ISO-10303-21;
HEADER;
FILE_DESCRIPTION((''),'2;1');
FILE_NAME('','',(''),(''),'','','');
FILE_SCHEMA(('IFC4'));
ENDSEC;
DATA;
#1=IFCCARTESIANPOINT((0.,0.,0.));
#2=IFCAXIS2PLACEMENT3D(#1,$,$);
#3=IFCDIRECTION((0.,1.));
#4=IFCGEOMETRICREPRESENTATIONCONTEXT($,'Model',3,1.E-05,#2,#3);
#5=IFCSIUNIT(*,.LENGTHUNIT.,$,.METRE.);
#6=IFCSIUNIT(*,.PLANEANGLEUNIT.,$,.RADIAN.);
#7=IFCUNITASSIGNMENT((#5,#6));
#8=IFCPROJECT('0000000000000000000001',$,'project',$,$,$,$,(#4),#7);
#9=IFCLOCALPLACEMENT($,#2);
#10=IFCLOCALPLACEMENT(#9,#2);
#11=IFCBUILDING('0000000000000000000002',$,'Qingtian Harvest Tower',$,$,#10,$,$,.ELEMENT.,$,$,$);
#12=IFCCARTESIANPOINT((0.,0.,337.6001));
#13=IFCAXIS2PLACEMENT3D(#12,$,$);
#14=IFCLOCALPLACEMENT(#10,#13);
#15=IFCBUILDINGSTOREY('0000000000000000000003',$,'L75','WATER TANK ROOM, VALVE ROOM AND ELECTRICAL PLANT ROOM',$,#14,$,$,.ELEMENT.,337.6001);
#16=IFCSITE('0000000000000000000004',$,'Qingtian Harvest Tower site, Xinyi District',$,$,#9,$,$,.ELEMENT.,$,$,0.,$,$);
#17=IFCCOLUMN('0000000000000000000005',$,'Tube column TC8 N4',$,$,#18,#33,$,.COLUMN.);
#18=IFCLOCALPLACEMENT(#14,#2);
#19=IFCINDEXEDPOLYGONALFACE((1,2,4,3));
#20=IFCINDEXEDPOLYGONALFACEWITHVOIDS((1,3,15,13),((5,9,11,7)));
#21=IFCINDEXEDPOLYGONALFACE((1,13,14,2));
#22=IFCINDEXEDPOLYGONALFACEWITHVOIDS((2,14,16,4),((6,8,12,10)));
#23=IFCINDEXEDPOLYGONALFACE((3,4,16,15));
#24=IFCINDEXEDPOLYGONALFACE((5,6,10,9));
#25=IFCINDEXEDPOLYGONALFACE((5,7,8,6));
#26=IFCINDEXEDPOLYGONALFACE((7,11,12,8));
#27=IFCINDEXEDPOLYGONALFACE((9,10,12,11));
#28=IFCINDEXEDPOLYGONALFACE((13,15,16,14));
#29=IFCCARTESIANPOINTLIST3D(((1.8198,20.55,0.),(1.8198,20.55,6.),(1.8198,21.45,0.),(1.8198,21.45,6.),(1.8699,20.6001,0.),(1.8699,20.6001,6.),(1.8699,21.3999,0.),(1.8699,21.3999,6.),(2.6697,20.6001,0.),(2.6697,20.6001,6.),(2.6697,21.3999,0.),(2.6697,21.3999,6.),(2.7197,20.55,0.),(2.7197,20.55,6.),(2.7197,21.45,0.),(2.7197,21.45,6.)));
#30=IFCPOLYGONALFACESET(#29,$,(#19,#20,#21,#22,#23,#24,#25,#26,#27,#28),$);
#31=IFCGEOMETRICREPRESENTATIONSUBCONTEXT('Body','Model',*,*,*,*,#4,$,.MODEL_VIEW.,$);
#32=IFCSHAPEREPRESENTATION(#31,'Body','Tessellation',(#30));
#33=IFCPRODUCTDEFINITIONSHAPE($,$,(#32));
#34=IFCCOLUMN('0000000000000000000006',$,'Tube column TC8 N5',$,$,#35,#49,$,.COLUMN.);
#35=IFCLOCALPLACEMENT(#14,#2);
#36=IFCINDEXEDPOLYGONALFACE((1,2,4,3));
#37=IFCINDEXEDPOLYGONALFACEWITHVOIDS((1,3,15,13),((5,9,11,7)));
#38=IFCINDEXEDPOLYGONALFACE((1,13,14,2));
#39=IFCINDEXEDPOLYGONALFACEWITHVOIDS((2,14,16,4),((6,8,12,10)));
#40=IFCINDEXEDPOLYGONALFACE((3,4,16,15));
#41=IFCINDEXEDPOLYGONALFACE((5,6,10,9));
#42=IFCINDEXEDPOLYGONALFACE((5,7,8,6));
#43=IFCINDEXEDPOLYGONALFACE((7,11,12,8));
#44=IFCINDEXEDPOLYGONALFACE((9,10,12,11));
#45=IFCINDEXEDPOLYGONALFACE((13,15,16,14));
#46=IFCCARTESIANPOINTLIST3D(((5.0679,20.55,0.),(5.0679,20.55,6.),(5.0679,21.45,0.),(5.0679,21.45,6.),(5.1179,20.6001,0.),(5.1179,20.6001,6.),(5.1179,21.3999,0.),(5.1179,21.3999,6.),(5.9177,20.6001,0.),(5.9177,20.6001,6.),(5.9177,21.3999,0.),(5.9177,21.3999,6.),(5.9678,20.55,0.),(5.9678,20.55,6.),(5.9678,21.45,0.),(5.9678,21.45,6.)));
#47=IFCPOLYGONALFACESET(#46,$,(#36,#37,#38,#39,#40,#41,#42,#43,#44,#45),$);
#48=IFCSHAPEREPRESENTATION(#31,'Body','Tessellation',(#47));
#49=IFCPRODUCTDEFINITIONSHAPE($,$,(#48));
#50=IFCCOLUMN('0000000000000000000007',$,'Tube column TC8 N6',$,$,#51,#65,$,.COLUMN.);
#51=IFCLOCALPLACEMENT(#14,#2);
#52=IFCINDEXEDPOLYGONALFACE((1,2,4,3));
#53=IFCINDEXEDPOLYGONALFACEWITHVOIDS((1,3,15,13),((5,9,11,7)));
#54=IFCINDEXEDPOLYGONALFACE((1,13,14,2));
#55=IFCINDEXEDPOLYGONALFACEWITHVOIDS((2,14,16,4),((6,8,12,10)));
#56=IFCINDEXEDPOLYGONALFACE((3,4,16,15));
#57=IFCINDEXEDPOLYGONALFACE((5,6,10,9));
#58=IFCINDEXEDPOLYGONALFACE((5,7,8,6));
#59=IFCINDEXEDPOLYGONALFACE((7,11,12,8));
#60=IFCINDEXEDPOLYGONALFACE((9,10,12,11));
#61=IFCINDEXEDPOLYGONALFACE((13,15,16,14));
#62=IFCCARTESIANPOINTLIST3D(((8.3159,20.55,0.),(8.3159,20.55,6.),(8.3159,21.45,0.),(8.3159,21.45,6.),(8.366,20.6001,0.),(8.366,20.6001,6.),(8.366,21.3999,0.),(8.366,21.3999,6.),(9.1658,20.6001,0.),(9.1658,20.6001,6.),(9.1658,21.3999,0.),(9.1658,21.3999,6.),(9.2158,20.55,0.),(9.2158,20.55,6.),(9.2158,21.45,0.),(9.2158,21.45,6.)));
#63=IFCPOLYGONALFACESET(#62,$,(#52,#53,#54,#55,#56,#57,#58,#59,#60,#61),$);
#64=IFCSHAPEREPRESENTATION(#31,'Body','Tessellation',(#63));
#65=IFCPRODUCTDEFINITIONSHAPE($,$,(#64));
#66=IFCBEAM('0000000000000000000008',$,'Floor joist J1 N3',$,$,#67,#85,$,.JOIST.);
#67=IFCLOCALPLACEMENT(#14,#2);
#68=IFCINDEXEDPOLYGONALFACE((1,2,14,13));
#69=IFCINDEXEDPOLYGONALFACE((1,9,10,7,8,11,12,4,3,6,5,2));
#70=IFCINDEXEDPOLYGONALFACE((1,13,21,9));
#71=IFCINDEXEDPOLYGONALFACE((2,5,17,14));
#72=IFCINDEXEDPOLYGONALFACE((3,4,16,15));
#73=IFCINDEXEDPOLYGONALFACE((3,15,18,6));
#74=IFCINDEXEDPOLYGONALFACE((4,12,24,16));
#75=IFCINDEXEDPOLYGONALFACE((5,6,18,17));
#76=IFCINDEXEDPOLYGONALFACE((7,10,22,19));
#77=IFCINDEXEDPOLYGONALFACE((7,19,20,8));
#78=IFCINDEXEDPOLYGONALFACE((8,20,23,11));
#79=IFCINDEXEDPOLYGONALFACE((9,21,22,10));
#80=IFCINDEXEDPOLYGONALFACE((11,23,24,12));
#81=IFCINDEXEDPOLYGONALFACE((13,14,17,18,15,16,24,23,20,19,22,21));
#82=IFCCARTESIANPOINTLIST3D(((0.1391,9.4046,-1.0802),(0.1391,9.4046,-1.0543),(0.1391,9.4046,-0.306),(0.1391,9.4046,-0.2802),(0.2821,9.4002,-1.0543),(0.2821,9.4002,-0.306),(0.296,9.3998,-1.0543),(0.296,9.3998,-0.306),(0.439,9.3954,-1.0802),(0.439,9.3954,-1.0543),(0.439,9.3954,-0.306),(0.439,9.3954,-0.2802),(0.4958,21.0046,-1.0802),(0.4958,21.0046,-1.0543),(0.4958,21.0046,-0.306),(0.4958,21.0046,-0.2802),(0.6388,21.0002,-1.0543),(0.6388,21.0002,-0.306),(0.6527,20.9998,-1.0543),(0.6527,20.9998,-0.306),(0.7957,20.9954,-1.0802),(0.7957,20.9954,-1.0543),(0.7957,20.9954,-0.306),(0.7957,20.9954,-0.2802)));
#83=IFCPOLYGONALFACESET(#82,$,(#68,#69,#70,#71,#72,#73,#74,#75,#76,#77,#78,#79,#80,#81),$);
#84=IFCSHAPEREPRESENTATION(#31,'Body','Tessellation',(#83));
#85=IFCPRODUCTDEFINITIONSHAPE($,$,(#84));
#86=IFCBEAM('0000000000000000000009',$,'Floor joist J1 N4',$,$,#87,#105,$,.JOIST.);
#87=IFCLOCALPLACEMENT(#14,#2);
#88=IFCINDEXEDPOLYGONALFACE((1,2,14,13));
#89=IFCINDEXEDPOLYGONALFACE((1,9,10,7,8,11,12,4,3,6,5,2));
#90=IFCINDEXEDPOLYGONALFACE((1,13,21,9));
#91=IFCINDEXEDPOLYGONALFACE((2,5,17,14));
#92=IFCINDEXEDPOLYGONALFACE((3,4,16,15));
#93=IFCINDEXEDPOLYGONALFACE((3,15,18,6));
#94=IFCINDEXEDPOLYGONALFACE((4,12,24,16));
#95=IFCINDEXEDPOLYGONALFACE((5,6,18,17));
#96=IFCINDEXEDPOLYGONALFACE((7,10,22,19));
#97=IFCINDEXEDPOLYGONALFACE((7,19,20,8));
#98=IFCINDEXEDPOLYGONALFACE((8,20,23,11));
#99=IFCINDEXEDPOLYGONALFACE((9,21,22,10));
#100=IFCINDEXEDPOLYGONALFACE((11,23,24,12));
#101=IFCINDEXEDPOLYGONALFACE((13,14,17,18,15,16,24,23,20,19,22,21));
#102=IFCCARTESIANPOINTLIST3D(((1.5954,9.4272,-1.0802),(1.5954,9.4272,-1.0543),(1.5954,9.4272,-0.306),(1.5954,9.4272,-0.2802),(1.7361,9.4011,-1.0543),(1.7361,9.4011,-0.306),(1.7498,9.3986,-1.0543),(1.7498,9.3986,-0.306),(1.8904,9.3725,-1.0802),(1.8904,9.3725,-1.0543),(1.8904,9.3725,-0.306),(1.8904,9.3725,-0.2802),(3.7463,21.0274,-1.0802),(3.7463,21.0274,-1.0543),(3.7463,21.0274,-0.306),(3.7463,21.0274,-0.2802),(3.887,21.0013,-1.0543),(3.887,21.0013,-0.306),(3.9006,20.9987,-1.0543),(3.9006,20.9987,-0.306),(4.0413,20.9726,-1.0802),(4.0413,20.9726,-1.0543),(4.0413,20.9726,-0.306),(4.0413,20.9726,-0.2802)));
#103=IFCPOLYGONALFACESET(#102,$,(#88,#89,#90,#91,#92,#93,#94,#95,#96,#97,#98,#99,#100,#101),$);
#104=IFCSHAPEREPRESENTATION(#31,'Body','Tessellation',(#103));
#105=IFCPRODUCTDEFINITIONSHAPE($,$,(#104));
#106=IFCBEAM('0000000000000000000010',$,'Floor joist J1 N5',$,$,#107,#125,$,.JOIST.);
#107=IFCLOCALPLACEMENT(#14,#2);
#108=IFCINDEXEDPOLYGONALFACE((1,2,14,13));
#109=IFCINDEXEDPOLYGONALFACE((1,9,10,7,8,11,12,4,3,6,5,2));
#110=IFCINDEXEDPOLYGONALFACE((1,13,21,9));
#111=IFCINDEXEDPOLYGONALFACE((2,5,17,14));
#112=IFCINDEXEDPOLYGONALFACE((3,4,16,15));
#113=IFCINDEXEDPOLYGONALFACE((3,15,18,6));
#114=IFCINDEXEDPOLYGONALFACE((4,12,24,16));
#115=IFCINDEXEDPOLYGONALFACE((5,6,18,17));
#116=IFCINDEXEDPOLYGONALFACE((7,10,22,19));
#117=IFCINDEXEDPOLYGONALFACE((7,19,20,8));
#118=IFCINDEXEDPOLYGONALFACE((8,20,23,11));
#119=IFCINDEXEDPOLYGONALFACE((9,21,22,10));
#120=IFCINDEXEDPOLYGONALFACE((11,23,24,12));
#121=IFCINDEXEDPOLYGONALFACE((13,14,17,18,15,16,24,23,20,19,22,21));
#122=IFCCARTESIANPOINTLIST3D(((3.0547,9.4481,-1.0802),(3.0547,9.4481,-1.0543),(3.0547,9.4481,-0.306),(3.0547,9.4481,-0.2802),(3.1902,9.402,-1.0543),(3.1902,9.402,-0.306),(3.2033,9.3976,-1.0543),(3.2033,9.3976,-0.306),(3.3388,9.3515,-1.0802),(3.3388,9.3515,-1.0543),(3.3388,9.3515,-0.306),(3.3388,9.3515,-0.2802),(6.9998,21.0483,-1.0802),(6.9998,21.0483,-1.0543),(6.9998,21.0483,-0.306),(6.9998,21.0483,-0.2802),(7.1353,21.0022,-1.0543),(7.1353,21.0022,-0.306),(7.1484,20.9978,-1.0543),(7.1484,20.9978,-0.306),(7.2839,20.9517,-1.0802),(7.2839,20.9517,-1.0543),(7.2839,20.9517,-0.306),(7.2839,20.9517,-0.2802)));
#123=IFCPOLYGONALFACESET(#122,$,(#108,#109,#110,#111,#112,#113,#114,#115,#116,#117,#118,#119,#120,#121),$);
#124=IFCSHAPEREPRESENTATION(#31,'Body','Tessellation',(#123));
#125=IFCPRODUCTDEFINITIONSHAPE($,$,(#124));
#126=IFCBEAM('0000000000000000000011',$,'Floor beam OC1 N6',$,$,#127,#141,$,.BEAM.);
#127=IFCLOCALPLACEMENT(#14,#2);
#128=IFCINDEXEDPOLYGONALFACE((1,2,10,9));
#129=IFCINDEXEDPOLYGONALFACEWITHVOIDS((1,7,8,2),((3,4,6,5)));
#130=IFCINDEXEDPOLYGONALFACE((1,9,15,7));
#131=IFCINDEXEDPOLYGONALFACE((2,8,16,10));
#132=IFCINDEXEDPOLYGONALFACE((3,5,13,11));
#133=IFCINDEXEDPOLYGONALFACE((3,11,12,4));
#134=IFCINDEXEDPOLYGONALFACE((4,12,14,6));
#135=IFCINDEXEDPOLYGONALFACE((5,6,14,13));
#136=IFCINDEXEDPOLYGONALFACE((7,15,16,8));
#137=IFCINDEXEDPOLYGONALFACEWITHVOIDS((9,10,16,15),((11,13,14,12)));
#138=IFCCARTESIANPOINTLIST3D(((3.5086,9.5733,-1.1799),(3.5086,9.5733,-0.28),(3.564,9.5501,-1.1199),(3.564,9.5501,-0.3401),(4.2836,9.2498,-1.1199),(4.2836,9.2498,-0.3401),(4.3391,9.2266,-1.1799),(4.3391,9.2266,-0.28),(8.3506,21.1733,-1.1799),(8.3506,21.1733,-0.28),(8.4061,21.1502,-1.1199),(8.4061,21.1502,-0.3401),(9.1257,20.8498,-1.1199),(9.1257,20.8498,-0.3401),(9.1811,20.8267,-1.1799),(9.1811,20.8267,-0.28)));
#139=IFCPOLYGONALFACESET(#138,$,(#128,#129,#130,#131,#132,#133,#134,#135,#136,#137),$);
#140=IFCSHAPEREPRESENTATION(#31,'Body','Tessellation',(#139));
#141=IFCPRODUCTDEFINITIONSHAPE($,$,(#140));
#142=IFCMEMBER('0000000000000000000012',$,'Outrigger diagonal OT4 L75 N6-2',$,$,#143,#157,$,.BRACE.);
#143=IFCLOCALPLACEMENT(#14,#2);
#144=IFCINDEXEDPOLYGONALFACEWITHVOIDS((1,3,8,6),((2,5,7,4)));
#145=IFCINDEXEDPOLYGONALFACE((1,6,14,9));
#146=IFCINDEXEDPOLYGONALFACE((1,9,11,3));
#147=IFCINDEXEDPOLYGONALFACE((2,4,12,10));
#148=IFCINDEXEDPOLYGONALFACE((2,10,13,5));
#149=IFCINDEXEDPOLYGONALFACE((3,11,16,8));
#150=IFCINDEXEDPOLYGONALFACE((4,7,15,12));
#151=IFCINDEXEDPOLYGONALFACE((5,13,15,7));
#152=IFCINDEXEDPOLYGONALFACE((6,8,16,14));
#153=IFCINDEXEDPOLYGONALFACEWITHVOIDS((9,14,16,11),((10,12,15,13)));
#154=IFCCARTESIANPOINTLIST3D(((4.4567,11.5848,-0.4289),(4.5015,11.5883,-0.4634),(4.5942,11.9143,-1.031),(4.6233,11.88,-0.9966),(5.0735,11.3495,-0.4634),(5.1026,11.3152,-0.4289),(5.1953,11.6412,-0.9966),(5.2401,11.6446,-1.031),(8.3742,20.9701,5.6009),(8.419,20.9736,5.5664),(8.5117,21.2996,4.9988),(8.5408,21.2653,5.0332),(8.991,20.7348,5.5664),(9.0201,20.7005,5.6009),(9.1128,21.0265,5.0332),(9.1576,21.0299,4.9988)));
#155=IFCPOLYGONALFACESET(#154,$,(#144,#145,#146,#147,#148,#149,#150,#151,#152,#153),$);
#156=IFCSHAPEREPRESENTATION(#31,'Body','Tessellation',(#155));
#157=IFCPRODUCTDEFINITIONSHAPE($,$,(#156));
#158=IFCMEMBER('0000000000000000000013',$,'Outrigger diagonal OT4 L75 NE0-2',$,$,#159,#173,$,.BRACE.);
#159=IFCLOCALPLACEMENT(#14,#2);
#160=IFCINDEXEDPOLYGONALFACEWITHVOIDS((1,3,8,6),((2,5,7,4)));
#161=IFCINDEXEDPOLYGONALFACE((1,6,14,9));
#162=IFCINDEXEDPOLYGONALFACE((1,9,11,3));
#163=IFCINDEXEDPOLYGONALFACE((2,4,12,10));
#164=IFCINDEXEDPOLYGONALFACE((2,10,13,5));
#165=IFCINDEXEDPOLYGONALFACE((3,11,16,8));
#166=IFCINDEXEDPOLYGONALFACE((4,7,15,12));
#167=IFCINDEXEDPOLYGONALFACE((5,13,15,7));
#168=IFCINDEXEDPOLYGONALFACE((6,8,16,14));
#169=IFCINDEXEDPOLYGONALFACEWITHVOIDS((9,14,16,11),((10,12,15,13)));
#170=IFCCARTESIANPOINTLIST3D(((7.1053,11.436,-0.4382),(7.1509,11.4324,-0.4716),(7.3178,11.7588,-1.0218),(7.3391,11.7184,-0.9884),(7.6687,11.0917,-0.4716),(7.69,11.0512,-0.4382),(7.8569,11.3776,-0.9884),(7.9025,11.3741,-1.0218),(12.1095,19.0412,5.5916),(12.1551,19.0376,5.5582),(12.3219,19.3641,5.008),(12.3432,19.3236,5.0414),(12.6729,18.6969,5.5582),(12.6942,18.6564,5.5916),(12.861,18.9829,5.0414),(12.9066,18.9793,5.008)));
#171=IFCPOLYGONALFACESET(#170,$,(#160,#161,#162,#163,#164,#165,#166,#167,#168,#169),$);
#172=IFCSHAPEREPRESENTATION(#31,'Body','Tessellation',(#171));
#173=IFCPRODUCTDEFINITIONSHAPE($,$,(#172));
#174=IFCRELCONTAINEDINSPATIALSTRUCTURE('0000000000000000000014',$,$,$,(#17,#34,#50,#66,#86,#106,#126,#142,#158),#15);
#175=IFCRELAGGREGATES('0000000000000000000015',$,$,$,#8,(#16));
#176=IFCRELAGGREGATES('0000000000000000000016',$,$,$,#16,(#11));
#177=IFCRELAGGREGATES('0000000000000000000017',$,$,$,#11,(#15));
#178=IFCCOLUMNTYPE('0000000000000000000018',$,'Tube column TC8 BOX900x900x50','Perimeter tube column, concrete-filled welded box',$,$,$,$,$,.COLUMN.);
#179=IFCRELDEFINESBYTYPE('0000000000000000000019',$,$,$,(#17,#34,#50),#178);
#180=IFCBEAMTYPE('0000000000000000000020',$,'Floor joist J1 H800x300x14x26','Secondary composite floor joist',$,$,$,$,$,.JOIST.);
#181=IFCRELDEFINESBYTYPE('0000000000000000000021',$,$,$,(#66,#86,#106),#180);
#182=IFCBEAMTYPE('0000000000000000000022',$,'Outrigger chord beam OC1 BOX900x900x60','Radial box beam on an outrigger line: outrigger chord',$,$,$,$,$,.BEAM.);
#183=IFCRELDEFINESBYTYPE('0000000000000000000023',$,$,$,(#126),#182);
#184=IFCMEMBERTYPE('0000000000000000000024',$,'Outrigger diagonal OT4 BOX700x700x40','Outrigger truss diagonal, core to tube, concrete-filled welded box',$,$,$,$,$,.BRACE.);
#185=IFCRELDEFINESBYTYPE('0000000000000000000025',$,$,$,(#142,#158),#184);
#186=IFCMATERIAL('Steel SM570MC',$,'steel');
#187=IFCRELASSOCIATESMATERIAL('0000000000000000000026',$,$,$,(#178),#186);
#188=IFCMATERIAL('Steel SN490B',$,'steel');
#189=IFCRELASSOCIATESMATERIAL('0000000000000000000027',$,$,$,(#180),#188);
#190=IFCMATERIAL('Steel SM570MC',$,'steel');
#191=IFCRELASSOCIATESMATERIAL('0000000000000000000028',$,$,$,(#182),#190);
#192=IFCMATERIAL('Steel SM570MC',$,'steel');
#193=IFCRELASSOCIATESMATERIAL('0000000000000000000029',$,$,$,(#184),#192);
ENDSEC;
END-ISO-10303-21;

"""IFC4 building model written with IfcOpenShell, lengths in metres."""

from ifc_helpers import new_model, si_unit, direction, frame, origin, origin_2d, place, context, subcontext, project, spatial, hollow_rectangle, i_section, extrude, material, material_profile, profile_set, type_object, element, save


model = new_model("IFC4")

# Units and contexts
model_context = context("Model", 3, precision=1e-05, world=origin(), true_north=direction((0.0, 1.0)))
body_context = subcontext(model_context, "Body", "Model", "MODEL_VIEW")
ifc_project = project(units=[si_unit("LENGTHUNIT", "METRE"), si_unit("PLANEANGLEUNIT", "RADIAN")], contexts=[model_context])

# Site, building, storey
site_placement = place(None, origin())
site = spatial("IfcSite", under=ifc_project, at=site_placement, Name="Qingtian Harvest Tower site, Xinyi District", CompositionType="ELEMENT", RefElevation=0.0)
building_placement = place(site_placement, origin())
building = spatial("IfcBuilding", under=site, at=building_placement, Name="Qingtian Harvest Tower", CompositionType="ELEMENT")
storey_placement = place(building_placement, frame((0.0, 0.0, 337.6001)))
storey = spatial("IfcBuildingStorey", under=building, at=storey_placement, Name="L75", Description="WATER TANK ROOM, VALVE ROOM AND ELECTRICAL PLANT ROOM", CompositionType="ELEMENT", Elevation=337.6001)

# Columns
ifc_material_1 = material(Name="Steel SM570MC", Category="steel")
ifc_material_profile_1 = material_profile(ifc_material_1, hollow_rectangle(XDim=0.8999, YDim=0.8999, WallThickness=0.05, at=origin_2d()), Name="BOX900x900x50")
ifc_profile_set_1 = profile_set([ifc_material_profile_1], Name="Steel SM570MC")
column_type = type_object("IfcColumnType", Name="Tube column TC8 BOX900x900x50", Description="Perimeter tube column, concrete-filled welded box", PredefinedType="COLUMN", material=ifc_profile_set_1)
for number, where, z_axis, x_axis, name in (
    (1, (2.2698, 21.0, 0.0), (0.0, 0.0, 1.0), (-1.0, 0.0, 0.0), "Tube column TC8 N4"),
    (2, (5.5178, 21.0, 0.0), (0.0, 0.0, 1.0), (-1.0, 0.0, 0.0), "Tube column TC8 N5"),
    (3, (8.7659, 21.0, 0.0), (0.0, 0.0, 1.0), (-1.0, 0.0, 0.0), "Tube column TC8 N6"),
):
    element("IfcColumn", number, at=place(storey_placement, frame(where, z_axis=z_axis, x_axis=x_axis)), inside=storey, type_object=column_type, Name=name, PredefinedType="COLUMN", context=body_context, shape_type="SweptSolid", body=[
        extrude(hollow_rectangle(XDim=0.8999, YDim=0.8999, WallThickness=0.05, at=origin_2d()), origin(), (0.0, 0.0, 1.0), 6.0),
    ])

# Beams
ifc_material_2 = material(Name="Steel SN490B", Category="steel")
ifc_material_profile_2 = material_profile(ifc_material_2, i_section(OverallWidth=0.3, OverallDepth=0.8, WebThickness=0.0139, FlangeThickness=0.0259, at=origin_2d()), Name="H800x300x14x26")
ifc_profile_set_2 = profile_set([ifc_material_profile_2], Name="Steel SN490B")
beam_type_1 = type_object("IfcBeamType", Name="Floor joist J1 H800x300x14x26", Description="Secondary composite floor joist", PredefinedType="JOIST", material=ifc_profile_set_2)
beam_1_placement = place(storey_placement, frame((0.6458, 21.0, -0.6802), z_axis=(-0.030734, -0.999528, 0.0), x_axis=(0.999528, -0.030734, 0.0)))
element("IfcBeam", 4, at=beam_1_placement, inside=storey, type_object=beam_type_1, Name="Floor joist J1 N3", PredefinedType="JOIST", context=body_context, shape_type="SweptSolid", body=[
    extrude(i_section(OverallWidth=0.3, OverallDepth=0.8, WebThickness=0.0139, FlangeThickness=0.0259, at=origin_2d()), origin(), (0.0, 0.0, 1.0), 11.6055),
])
beam_2_placement = place(storey_placement, frame((3.8938, 21.0, -0.6802), z_axis=(-0.182312, -0.983241, 0.0), x_axis=(0.983241, -0.182312, 0.0)))
element("IfcBeam", 5, at=beam_2_placement, inside=storey, type_object=beam_type_1, Name="Floor joist J1 N4", PredefinedType="JOIST", context=body_context, shape_type="SweptSolid", body=[
    extrude(i_section(OverallWidth=0.3, OverallDepth=0.8, WebThickness=0.0139, FlangeThickness=0.0259, at=origin_2d()), origin(), (0.0, 0.0, 1.0), 11.7979),
])
beam_3_placement = place(storey_placement, frame((7.1418, 21.0, -0.6802), z_axis=(-0.321978, -0.946747, 0.0), x_axis=(0.946747, -0.321978, 0.0)))
element("IfcBeam", 6, at=beam_3_placement, inside=storey, type_object=beam_type_1, Name="Floor joist J1 N5", PredefinedType="JOIST", context=body_context, shape_type="SweptSolid", body=[
    extrude(i_section(OverallWidth=0.3, OverallDepth=0.8, WebThickness=0.0139, FlangeThickness=0.0259, at=origin_2d()), origin(), (0.0, 0.0, 1.0), 12.2527),
])
ifc_material_3 = material(Name="Steel SM570MC", Category="steel")
ifc_material_profile_3 = material_profile(ifc_material_3, hollow_rectangle(XDim=0.8999, YDim=0.8999, WallThickness=0.0601, at=origin_2d()), Name="BOX900x900x60")
ifc_profile_set_3 = profile_set([ifc_material_profile_3], Name="Steel SM570MC")
beam_type_2 = type_object("IfcBeamType", Name="Outrigger chord beam OC1 BOX900x900x60", Description="Radial box beam on an outrigger line: outrigger chord", PredefinedType="BEAM", material=ifc_profile_set_3)
beam_4_placement = place(storey_placement, frame((8.7659, 21.0, -0.73), z_axis=(-0.385203, -0.922832, 0.0), x_axis=(0.922832, -0.385203, 0.0)))
element("IfcBeam", 7, at=beam_4_placement, inside=storey, type_object=beam_type_2, Name="Floor beam OC1 N6", PredefinedType="BEAM", context=body_context, shape_type="SweptSolid", body=[
    extrude(hollow_rectangle(XDim=0.8999, YDim=0.8999, WallThickness=0.0601, at=origin_2d()), origin(), (0.0, 0.0, 1.0), 12.5701),
])

# Members
ifc_material_4 = material(Name="Steel SM570MC", Category="steel")
ifc_material_profile_4 = material_profile(ifc_material_4, hollow_rectangle(XDim=0.7, YDim=0.7, WallThickness=0.04, at=origin_2d()), Name="BOX700x700x40")
ifc_profile_set_4 = profile_set([ifc_material_profile_4], Name="Steel SM570MC")
member_type = type_object("IfcMemberType", Name="Outrigger diagonal OT4 BOX700x700x40", Description="Outrigger truss diagonal, core to tube, concrete-filled welded box", PredefinedType="BRACE", material=ifc_profile_set_4)
member_1_placement = place(storey_placement, frame((4.8484, 11.6147, -0.73), z_axis=(0.331339, 0.7938, 0.509996), x_axis=(-0.922834, 0.385198, 0.0)))
element("IfcMember", 8, at=member_1_placement, inside=storey, type_object=member_type, Name="Outrigger diagonal OT4 L75 N6-2", PredefinedType="BRACE", context=body_context, shape_type="SweptSolid", body=[
    extrude(hollow_rectangle(XDim=0.7, YDim=0.7, WallThickness=0.04, at=origin_2d()), origin(), (0.0, 0.0, 1.0), 11.8232),
])
member_2_placement = place(storey_placement, frame((7.5039, 11.405, -0.73), z_axis=(0.458269, 0.69647, 0.552195), x_axis=(-0.835381, 0.549671, 0.0)))
element("IfcMember", 9, at=member_2_placement, inside=storey, type_object=member_type, Name="Outrigger diagonal OT4 L75 NE0-2", PredefinedType="BRACE", context=body_context, shape_type="SweptSolid", body=[
    extrude(hollow_rectangle(XDim=0.7, YDim=0.7, WallThickness=0.04, at=origin_2d()), origin(), (0.0, 0.0, 1.0), 10.9197),
])

save(model, "model.ifc")
